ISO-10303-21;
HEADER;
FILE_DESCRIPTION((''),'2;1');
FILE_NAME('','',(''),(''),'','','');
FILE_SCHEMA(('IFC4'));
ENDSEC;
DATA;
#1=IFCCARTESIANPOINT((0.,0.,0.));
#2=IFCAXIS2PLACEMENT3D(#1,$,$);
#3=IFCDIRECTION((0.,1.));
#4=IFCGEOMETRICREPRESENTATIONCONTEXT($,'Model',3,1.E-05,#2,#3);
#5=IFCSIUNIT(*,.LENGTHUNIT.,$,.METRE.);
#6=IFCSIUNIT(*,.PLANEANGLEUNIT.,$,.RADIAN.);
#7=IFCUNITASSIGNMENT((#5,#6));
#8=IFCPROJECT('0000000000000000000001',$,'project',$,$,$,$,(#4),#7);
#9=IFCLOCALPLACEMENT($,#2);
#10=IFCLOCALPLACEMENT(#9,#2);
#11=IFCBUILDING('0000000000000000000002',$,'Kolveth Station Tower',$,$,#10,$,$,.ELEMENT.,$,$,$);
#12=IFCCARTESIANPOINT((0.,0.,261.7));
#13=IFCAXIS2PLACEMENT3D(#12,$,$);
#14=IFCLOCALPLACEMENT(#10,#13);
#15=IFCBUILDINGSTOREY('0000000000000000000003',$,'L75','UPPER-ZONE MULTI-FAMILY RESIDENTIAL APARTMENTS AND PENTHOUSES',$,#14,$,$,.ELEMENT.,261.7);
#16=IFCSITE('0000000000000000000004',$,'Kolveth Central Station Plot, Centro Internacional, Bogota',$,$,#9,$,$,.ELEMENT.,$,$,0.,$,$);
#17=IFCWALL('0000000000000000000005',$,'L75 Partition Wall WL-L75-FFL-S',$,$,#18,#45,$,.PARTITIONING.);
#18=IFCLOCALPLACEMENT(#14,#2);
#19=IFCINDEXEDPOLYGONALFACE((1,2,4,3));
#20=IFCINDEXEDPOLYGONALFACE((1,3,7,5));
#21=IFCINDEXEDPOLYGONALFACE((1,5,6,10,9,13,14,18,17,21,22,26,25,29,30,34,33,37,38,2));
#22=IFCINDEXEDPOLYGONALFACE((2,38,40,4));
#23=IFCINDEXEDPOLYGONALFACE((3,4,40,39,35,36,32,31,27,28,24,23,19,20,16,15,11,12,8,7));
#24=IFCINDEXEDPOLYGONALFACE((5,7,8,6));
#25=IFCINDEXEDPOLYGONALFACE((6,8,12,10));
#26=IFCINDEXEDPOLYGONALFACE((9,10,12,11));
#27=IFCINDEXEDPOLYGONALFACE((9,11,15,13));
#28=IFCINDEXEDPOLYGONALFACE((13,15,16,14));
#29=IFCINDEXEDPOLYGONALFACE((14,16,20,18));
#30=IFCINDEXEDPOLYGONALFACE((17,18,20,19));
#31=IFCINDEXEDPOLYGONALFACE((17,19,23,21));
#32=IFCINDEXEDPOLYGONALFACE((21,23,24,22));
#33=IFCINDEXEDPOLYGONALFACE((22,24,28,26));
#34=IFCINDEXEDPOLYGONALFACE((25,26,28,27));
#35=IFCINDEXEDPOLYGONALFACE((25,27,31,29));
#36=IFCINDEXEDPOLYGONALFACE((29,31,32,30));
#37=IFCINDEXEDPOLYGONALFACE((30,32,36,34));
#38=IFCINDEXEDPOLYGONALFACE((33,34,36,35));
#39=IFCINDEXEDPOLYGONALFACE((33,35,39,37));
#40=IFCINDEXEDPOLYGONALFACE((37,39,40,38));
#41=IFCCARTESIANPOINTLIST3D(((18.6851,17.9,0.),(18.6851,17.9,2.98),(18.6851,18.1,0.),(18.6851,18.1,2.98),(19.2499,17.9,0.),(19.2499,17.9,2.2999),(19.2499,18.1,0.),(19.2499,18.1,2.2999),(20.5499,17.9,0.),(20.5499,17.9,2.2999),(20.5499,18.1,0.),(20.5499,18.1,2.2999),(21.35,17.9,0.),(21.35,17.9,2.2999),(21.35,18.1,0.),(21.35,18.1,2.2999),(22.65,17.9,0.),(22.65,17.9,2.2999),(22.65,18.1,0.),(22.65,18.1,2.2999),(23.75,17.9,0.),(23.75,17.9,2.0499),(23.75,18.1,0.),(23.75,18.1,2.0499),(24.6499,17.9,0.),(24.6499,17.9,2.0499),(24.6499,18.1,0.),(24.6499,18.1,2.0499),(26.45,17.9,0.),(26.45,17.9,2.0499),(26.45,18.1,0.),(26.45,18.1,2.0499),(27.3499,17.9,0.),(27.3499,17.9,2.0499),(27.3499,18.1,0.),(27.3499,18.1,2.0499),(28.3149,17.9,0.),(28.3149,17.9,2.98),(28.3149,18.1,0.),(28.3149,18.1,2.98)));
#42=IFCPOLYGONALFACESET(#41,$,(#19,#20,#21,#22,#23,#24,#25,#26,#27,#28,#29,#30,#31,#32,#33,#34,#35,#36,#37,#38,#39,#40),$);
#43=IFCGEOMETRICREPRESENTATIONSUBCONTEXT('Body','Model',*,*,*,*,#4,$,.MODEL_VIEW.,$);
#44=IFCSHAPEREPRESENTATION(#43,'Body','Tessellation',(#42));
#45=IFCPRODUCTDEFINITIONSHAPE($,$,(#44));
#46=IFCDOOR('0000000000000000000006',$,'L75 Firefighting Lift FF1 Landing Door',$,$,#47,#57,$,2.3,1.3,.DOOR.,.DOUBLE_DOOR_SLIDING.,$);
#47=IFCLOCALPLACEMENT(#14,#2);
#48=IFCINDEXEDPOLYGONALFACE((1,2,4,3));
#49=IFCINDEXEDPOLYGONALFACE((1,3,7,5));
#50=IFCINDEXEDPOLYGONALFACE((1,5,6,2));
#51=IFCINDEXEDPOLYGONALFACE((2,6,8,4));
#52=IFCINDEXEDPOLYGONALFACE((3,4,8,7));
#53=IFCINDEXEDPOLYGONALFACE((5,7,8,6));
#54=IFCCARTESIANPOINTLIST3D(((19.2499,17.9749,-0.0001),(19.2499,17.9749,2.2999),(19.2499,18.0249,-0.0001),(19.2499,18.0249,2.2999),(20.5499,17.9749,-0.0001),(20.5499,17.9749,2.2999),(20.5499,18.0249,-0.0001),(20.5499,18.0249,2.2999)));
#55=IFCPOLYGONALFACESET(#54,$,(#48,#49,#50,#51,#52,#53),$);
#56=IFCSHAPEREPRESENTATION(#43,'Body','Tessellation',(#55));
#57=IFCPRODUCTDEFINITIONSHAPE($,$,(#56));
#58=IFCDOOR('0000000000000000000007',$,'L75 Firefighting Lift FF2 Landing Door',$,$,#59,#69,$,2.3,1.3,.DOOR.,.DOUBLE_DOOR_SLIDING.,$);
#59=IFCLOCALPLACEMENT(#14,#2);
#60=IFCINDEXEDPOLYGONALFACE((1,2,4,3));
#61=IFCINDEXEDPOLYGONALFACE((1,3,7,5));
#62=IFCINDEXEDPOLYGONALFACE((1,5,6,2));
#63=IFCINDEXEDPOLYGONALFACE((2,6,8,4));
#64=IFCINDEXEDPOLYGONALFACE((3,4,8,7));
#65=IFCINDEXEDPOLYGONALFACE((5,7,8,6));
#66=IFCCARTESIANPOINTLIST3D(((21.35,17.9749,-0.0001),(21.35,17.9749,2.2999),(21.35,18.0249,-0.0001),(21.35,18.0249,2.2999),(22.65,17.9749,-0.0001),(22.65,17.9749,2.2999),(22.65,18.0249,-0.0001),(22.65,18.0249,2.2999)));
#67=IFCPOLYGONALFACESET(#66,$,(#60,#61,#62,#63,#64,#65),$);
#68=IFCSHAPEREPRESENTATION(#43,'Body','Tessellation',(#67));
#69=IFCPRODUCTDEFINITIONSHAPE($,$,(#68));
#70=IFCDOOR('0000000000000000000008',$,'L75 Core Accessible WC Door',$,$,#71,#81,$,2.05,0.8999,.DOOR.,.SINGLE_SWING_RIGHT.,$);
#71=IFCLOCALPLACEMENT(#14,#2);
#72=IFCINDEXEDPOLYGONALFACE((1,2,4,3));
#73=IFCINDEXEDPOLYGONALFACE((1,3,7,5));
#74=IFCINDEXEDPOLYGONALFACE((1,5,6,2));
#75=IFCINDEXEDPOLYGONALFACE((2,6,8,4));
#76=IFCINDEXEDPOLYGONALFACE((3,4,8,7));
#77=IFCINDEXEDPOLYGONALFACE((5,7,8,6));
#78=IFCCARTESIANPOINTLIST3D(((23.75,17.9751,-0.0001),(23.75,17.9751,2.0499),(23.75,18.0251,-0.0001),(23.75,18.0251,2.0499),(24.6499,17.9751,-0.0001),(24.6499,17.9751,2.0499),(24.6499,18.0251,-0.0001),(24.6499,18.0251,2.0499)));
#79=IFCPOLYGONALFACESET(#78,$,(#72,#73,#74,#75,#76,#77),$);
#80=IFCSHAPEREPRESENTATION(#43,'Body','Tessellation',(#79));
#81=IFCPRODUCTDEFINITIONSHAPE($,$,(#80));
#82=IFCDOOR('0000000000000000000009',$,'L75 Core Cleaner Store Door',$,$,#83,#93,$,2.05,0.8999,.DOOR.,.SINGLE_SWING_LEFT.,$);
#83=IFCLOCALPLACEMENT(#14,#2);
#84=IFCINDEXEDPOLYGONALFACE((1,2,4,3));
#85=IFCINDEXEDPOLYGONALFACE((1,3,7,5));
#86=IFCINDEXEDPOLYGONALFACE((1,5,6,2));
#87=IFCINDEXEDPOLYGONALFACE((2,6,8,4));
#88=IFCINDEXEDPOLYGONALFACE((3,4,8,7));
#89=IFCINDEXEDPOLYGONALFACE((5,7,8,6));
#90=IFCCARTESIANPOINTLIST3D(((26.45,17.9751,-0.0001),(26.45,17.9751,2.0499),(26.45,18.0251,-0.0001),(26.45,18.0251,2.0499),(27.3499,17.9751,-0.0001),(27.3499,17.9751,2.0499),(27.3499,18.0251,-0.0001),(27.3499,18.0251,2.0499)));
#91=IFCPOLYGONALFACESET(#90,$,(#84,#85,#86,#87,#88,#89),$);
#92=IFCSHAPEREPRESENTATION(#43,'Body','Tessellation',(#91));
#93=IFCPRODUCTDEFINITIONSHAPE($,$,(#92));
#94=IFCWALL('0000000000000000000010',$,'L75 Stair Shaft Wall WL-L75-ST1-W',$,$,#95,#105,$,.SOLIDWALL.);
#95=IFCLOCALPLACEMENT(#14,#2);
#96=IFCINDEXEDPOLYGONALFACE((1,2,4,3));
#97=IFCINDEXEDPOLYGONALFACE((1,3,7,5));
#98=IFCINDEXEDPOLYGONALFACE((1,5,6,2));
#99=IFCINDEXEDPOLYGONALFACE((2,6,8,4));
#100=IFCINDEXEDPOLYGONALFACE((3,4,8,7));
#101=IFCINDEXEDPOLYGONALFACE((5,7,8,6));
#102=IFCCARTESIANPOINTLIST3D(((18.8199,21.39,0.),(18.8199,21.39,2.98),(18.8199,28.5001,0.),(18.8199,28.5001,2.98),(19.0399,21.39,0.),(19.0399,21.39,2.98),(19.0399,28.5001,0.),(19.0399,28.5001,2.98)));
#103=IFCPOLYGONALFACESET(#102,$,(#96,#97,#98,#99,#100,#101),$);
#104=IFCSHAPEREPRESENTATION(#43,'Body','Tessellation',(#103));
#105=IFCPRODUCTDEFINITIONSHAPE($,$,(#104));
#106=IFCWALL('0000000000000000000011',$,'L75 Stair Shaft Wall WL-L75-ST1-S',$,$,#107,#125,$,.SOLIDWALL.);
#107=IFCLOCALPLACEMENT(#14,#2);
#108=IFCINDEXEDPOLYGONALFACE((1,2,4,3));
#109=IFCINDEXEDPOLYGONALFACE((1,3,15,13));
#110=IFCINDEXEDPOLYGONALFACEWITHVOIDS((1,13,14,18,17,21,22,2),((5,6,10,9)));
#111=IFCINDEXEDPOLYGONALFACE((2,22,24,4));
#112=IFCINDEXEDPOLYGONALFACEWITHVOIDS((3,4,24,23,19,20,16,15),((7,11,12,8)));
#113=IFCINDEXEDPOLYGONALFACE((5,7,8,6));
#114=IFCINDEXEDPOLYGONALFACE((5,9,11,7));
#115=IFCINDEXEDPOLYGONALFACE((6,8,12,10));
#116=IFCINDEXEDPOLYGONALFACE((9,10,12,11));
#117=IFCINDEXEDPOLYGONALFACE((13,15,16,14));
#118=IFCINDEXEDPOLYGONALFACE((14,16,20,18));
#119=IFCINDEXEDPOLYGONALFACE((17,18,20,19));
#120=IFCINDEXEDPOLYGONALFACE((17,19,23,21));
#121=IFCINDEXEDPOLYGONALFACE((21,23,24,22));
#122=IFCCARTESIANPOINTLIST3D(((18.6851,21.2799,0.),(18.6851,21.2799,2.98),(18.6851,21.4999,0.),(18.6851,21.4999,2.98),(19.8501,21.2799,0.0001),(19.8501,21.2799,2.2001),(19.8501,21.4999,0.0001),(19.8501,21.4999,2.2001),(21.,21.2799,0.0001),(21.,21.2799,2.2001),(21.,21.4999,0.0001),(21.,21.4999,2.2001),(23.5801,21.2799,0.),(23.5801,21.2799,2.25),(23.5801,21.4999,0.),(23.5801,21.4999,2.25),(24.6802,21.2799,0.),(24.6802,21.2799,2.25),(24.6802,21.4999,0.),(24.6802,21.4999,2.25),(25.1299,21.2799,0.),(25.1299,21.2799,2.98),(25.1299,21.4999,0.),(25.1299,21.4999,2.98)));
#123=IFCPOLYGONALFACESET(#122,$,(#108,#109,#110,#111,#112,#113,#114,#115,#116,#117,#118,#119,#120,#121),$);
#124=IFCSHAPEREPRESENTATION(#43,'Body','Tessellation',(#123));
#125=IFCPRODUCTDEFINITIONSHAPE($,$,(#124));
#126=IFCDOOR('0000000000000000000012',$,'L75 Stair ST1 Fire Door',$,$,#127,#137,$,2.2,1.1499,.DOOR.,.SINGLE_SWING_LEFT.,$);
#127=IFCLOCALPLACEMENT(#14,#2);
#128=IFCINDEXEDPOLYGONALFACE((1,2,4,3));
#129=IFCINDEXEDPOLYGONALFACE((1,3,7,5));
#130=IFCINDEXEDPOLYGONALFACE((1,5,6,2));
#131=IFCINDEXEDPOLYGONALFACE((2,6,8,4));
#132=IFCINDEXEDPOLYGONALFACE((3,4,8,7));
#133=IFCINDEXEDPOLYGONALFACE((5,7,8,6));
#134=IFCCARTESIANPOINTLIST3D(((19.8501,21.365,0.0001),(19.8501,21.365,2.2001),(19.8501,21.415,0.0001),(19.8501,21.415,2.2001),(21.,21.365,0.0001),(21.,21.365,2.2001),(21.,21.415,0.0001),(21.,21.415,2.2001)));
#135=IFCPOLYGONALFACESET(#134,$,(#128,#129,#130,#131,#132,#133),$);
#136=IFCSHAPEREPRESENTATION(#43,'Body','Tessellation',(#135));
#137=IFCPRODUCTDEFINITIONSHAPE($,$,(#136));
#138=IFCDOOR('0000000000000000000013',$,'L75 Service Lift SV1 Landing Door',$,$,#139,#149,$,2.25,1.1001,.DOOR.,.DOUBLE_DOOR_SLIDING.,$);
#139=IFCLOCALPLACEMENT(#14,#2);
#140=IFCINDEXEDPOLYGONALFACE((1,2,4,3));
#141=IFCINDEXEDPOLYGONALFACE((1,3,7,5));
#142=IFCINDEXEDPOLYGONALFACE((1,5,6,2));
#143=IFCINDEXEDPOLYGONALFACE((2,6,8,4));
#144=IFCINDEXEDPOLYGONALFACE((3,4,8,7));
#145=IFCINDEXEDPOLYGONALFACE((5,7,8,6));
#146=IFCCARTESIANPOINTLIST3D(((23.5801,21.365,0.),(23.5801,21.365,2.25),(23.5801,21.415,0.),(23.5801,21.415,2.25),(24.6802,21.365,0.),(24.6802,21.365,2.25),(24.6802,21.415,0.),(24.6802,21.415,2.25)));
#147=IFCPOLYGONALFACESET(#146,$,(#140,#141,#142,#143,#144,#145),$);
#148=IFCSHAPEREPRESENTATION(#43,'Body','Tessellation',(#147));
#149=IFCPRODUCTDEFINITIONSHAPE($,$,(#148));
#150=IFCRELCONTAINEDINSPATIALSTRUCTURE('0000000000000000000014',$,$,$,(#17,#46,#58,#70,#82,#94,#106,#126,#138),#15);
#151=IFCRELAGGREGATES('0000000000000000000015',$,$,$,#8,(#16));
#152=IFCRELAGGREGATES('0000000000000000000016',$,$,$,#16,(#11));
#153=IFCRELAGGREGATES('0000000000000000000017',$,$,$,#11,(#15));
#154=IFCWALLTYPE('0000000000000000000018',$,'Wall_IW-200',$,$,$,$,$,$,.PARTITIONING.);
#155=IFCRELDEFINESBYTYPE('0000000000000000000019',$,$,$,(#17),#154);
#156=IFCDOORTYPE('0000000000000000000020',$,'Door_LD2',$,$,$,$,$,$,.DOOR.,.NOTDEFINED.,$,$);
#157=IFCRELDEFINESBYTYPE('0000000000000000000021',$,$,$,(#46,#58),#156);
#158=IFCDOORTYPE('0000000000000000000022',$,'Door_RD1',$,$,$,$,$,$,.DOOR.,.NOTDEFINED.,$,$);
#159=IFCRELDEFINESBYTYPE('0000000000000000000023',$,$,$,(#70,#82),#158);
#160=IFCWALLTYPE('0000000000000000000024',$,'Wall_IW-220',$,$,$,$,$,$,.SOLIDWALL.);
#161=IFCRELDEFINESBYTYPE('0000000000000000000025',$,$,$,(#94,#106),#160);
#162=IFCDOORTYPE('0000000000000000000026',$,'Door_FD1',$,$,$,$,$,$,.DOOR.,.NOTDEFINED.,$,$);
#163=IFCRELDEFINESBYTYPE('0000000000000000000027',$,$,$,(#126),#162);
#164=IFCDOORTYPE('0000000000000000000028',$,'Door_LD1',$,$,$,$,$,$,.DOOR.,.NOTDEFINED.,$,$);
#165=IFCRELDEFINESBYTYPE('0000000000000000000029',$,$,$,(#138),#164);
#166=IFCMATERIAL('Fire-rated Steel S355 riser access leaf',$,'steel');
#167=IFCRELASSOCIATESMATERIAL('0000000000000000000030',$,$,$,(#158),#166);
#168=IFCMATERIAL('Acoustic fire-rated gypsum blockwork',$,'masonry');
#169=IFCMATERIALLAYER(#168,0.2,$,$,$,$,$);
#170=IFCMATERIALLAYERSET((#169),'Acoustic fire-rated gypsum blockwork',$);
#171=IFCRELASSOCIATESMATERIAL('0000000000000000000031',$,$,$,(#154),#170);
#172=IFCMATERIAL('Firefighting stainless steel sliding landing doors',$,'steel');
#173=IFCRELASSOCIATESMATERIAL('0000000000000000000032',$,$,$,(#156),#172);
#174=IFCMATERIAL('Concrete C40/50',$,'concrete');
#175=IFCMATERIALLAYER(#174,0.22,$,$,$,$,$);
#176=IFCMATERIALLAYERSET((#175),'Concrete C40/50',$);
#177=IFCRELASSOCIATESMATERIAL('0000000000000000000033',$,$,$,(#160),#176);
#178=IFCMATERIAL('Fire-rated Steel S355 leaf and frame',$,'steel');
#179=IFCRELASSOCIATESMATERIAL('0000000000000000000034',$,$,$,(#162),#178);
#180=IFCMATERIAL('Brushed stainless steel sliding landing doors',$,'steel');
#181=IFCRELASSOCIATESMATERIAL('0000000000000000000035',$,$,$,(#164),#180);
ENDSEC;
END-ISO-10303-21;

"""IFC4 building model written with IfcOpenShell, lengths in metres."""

from ifc_helpers import new_model, si_unit, direction, frame, frame_2d, origin, place, context, subcontext, project, spatial, rectangle, extrude, material, layer, layer_set, type_object, element, fill, save


model = new_model("IFC4")

# Units and contexts
model_context = context("Model", 3, precision=1e-05, world=origin(), true_north=direction((0.0, 1.0)))
body_context = subcontext(model_context, "Body", "Model", "MODEL_VIEW")
ifc_project = project(units=[si_unit("LENGTHUNIT", "METRE"), si_unit("PLANEANGLEUNIT", "RADIAN")], contexts=[model_context])

# Site, building, storey
site_placement = place(None, origin())
site = spatial("IfcSite", under=ifc_project, at=site_placement, Name="Kolveth Central Station Plot, Centro Internacional, Bogota", CompositionType="ELEMENT", RefElevation=0.0)
building_placement = place(site_placement, origin())
building = spatial("IfcBuilding", under=site, at=building_placement, Name="Kolveth Station Tower", CompositionType="ELEMENT")
storey_placement = place(building_placement, frame((0.0, 0.0, 261.7)))
storey = spatial("IfcBuildingStorey", under=building, at=storey_placement, Name="L75", Description="UPPER-ZONE MULTI-FAMILY RESIDENTIAL APARTMENTS AND PENTHOUSES", CompositionType="ELEMENT", Elevation=261.7)

# Shared definitions
ifc_material_1 = material(Name="Fire-rated Steel S355 riser access leaf", Category="steel")
door_type_1 = type_object("IfcDoorType", Name="Door_RD1", OperationType="NOTDEFINED", PredefinedType="DOOR", material=ifc_material_1)

# Wall, openings, doors
ifc_material_2 = material(Name="Acoustic fire-rated gypsum blockwork", Category="masonry")
ifc_layer_1 = layer(ifc_material_2, 0.2)
ifc_layer_set_1 = layer_set([ifc_layer_1], Name="Acoustic fire-rated gypsum blockwork")
wall_type_1 = type_object("IfcWallType", Name="Wall_IW-200", PredefinedType="PARTITIONING", material=ifc_layer_set_1)
wall_1_placement = place(storey_placement, frame((18.6851, 18.0, 0.0), z_axis=(0.0, 0.0, 1.0), x_axis=(1.0, 0.0, 0.0)))
wall_1 = element("IfcWall", 1, at=wall_1_placement, inside=storey, type_object=wall_type_1, Name="L75 Partition Wall WL-L75-FFL-S", PredefinedType="PARTITIONING", context=body_context, shape_type="SweptSolid", body=[
    extrude(rectangle(XDim=9.6299, YDim=0.2, at=frame_2d((4.8149, 0.0))), origin(), (0.0, 0.0, 1.0), 2.98),
])
opening_1_placement = place(wall_1_placement, frame((0.5649, 0.0, 0.0)))
opening_1 = element("IfcOpeningElement", 2, at=opening_1_placement, cuts=wall_1, PredefinedType="OPENING", context=body_context, shape_type="SweptSolid", body=[
    extrude(rectangle(XDim=1.3, YDim=2.3, at=frame_2d((0.6499, 1.1499))), frame((0.0, 0.1099, 0.0), z_axis=(0.0, -1.0, 0.0), x_axis=(1.0, 0.0, 0.0)), (0.0, 0.0, 1.0), 0.22),
])
opening_2_placement = place(wall_1_placement, frame((2.665, 0.0, 0.0)))
opening_2 = element("IfcOpeningElement", 3, at=opening_2_placement, cuts=wall_1, PredefinedType="OPENING", context=body_context, shape_type="SweptSolid", body=[
    extrude(rectangle(XDim=1.3, YDim=2.3, at=frame_2d((0.6499, 1.1499))), frame((0.0, 0.1099, 0.0), z_axis=(0.0, -1.0, 0.0), x_axis=(1.0, 0.0, 0.0)), (0.0, 0.0, 1.0), 0.22),
])
opening_3_placement = place(wall_1_placement, frame((5.0649, 0.0, 0.0)))
opening_3 = element("IfcOpeningElement", 4, at=opening_3_placement, cuts=wall_1, PredefinedType="OPENING", context=body_context, shape_type="SweptSolid", body=[
    extrude(rectangle(XDim=0.8999, YDim=2.05, at=frame_2d((0.45, 1.0249))), frame((0.0, 0.1099, 0.0), z_axis=(0.0, -1.0, 0.0), x_axis=(1.0, 0.0, 0.0)), (0.0, 0.0, 1.0), 0.22),
])
opening_4_placement = place(wall_1_placement, frame((7.7649, 0.0, 0.0)))
opening_4 = element("IfcOpeningElement", 5, at=opening_4_placement, cuts=wall_1, PredefinedType="OPENING", context=body_context, shape_type="SweptSolid", body=[
    extrude(rectangle(XDim=0.8999, YDim=2.05, at=frame_2d((0.45, 1.0249))), frame((0.0, 0.1099, 0.0), z_axis=(0.0, -1.0, 0.0), x_axis=(1.0, 0.0, 0.0)), (0.0, 0.0, 1.0), 0.22),
])
ifc_material_3 = material(Name="Firefighting stainless steel sliding landing doors", Category="steel")
door_type_2 = type_object("IfcDoorType", Name="Door_LD2", OperationType="NOTDEFINED", PredefinedType="DOOR", material=ifc_material_3)
door_1_placement = place(opening_1_placement, origin())
door_1 = element("IfcDoor", 6, at=door_1_placement, inside=storey, type_object=door_type_2, Name="L75 Firefighting Lift FF1 Landing Door", OperationType="DOUBLE_DOOR_SLIDING", OverallHeight=2.3, OverallWidth=1.3, PredefinedType="DOOR", context=body_context, shape_type="SweptSolid", body=[
    extrude(rectangle(XDim=1.3, YDim=2.3, at=frame_2d((0.6499, 1.1499))), frame((0.0, 0.0249, 0.0), z_axis=(0.0, -1.0, 0.0), x_axis=(1.0, 0.0, 0.0)), (0.0, 0.0, 1.0), 0.05),
])
fill(opening_1, door_1)
door_2_placement = place(opening_2_placement, origin())
door_2 = element("IfcDoor", 7, at=door_2_placement, inside=storey, type_object=door_type_2, Name="L75 Firefighting Lift FF2 Landing Door", OperationType="DOUBLE_DOOR_SLIDING", OverallHeight=2.3, OverallWidth=1.3, PredefinedType="DOOR", context=body_context, shape_type="SweptSolid", body=[
    extrude(rectangle(XDim=1.3, YDim=2.3, at=frame_2d((0.6499, 1.1499))), frame((0.0, 0.0249, 0.0), z_axis=(0.0, -1.0, 0.0), x_axis=(1.0, 0.0, 0.0)), (0.0, 0.0, 1.0), 0.05),
])
fill(opening_2, door_2)
door_3_placement = place(opening_3_placement, frame((0.8999, 0.0, 0.0), z_axis=(0.0, 0.0, 1.0), x_axis=(-1.0, 0.0, 0.0)))
door_3 = element("IfcDoor", 8, at=door_3_placement, inside=storey, type_object=door_type_1, Name="L75 Core Accessible WC Door", OperationType="SINGLE_SWING_RIGHT", OverallHeight=2.05, OverallWidth=0.8999, PredefinedType="DOOR", context=body_context, shape_type="SweptSolid", body=[
    extrude(rectangle(XDim=0.8999, YDim=2.05, at=frame_2d((0.45, 1.0249))), frame((0.0, 0.0249, 0.0), z_axis=(0.0, -1.0, 0.0), x_axis=(1.0, 0.0, 0.0)), (0.0, 0.0, 1.0), 0.05),
])
fill(opening_3, door_3)
door_4_placement = place(opening_4_placement, frame((0.8999, 0.0, 0.0), z_axis=(0.0, 0.0, 1.0), x_axis=(-1.0, 0.0, 0.0)))
door_4 = element("IfcDoor", 9, at=door_4_placement, inside=storey, type_object=door_type_1, Name="L75 Core Cleaner Store Door", OperationType="SINGLE_SWING_LEFT", OverallHeight=2.05, OverallWidth=0.8999, PredefinedType="DOOR", context=body_context, shape_type="SweptSolid", body=[
    extrude(rectangle(XDim=0.8999, YDim=2.05, at=frame_2d((0.45, 1.0249))), frame((0.0, 0.0249, 0.0), z_axis=(0.0, -1.0, 0.0), x_axis=(1.0, 0.0, 0.0)), (0.0, 0.0, 1.0), 0.05),
])
fill(opening_4, door_4)

# Wall
ifc_material_4 = material(Name="Concrete C40/50", Category="concrete")
ifc_layer_2 = layer(ifc_material_4, 0.22)
ifc_layer_set_2 = layer_set([ifc_layer_2], Name="Concrete C40/50")
wall_type_2 = type_object("IfcWallType", Name="Wall_IW-220", PredefinedType="SOLIDWALL", material=ifc_layer_set_2)
wall_2_placement = place(storey_placement, frame((18.9299, 21.3899, 0.0), z_axis=(0.0, 0.0, 1.0), x_axis=(0.0, 1.0, 0.0)))
element("IfcWall", 10, at=wall_2_placement, inside=storey, type_object=wall_type_2, Name="L75 Stair Shaft Wall WL-L75-ST1-W", PredefinedType="SOLIDWALL", context=body_context, shape_type="SweptSolid", body=[
    extrude(rectangle(XDim=7.1101, YDim=0.22, at=frame_2d((3.5552, 0.0))), origin(), (0.0, 0.0, 1.0), 2.98),
])

# Wall, openings, doors
wall_3_placement = place(storey_placement, frame((18.6851, 21.3899, 0.0), z_axis=(0.0, 0.0, 1.0), x_axis=(1.0, 0.0, 0.0)))
wall_3 = element("IfcWall", 11, at=wall_3_placement, inside=storey, type_object=wall_type_2, Name="L75 Stair Shaft Wall WL-L75-ST1-S", PredefinedType="SOLIDWALL", context=body_context, shape_type="SweptSolid", body=[
    extrude(rectangle(XDim=6.4448, YDim=0.22, at=frame_2d((3.2224, 0.0))), origin(), (0.0, 0.0, 1.0), 2.98),
])
opening_5_placement = place(wall_3_placement, frame((1.165, 0.0, 0.0)))
opening_5 = element("IfcOpeningElement", 12, at=opening_5_placement, cuts=wall_3, PredefinedType="OPENING", context=body_context, shape_type="SweptSolid", body=[
    extrude(rectangle(XDim=1.1499, YDim=2.2, at=frame_2d((0.575, 1.1001))), frame((0.0, 0.1199, 0.0), z_axis=(0.0, -1.0, 0.0), x_axis=(1.0, 0.0, 0.0)), (0.0, 0.0, 1.0), 0.24),
])
opening_6_placement = place(wall_3_placement, frame((4.895, 0.0, 0.0)))
opening_6 = element("IfcOpeningElement", 13, at=opening_6_placement, cuts=wall_3, PredefinedType="OPENING", context=body_context, shape_type="SweptSolid", body=[
    extrude(rectangle(XDim=1.1001, YDim=2.25, at=frame_2d((0.55, 1.125))), frame((0.0, 0.1199, 0.0), z_axis=(0.0, -1.0, 0.0), x_axis=(1.0, 0.0, 0.0)), (0.0, 0.0, 1.0), 0.24),
])
ifc_material_5 = material(Name="Fire-rated Steel S355 leaf and frame", Category="steel")
door_type_3 = type_object("IfcDoorType", Name="Door_FD1", OperationType="NOTDEFINED", PredefinedType="DOOR", material=ifc_material_5)
door_5_placement = place(opening_5_placement, frame((1.1499, 0.0, 0.0), z_axis=(0.0, 0.0, 1.0), x_axis=(-1.0, 0.0, 0.0)))
door_5 = element("IfcDoor", 14, at=door_5_placement, inside=storey, type_object=door_type_3, Name="L75 Stair ST1 Fire Door", OperationType="SINGLE_SWING_LEFT", OverallHeight=2.2, OverallWidth=1.1499, PredefinedType="DOOR", context=body_context, shape_type="SweptSolid", body=[
    extrude(rectangle(XDim=1.1499, YDim=2.2, at=frame_2d((0.575, 1.1001))), frame((0.0, 0.0249, 0.0), z_axis=(0.0, -1.0, 0.0), x_axis=(1.0, 0.0, 0.0)), (0.0, 0.0, 1.0), 0.05),
])
fill(opening_5, door_5)
ifc_material_6 = material(Name="Brushed stainless steel sliding landing doors", Category="steel")
door_type_4 = type_object("IfcDoorType", Name="Door_LD1", OperationType="NOTDEFINED", PredefinedType="DOOR", material=ifc_material_6)
door_6_placement = place(opening_6_placement, frame((1.1001, 0.0, 0.0), z_axis=(0.0, 0.0, 1.0), x_axis=(-1.0, 0.0, 0.0)))
door_6 = element("IfcDoor", 15, at=door_6_placement, inside=storey, type_object=door_type_4, Name="L75 Service Lift SV1 Landing Door", OperationType="DOUBLE_DOOR_SLIDING", OverallHeight=2.25, OverallWidth=1.1001, PredefinedType="DOOR", context=body_context, shape_type="SweptSolid", body=[
    extrude(rectangle(XDim=1.1001, YDim=2.25, at=frame_2d((0.55, 1.125))), frame((0.0, 0.0249, 0.0), z_axis=(0.0, -1.0, 0.0), x_axis=(1.0, 0.0, 0.0)), (0.0, 0.0, 1.0), 0.05),
])
fill(opening_6, door_6)

save(model, "model.ifc")
